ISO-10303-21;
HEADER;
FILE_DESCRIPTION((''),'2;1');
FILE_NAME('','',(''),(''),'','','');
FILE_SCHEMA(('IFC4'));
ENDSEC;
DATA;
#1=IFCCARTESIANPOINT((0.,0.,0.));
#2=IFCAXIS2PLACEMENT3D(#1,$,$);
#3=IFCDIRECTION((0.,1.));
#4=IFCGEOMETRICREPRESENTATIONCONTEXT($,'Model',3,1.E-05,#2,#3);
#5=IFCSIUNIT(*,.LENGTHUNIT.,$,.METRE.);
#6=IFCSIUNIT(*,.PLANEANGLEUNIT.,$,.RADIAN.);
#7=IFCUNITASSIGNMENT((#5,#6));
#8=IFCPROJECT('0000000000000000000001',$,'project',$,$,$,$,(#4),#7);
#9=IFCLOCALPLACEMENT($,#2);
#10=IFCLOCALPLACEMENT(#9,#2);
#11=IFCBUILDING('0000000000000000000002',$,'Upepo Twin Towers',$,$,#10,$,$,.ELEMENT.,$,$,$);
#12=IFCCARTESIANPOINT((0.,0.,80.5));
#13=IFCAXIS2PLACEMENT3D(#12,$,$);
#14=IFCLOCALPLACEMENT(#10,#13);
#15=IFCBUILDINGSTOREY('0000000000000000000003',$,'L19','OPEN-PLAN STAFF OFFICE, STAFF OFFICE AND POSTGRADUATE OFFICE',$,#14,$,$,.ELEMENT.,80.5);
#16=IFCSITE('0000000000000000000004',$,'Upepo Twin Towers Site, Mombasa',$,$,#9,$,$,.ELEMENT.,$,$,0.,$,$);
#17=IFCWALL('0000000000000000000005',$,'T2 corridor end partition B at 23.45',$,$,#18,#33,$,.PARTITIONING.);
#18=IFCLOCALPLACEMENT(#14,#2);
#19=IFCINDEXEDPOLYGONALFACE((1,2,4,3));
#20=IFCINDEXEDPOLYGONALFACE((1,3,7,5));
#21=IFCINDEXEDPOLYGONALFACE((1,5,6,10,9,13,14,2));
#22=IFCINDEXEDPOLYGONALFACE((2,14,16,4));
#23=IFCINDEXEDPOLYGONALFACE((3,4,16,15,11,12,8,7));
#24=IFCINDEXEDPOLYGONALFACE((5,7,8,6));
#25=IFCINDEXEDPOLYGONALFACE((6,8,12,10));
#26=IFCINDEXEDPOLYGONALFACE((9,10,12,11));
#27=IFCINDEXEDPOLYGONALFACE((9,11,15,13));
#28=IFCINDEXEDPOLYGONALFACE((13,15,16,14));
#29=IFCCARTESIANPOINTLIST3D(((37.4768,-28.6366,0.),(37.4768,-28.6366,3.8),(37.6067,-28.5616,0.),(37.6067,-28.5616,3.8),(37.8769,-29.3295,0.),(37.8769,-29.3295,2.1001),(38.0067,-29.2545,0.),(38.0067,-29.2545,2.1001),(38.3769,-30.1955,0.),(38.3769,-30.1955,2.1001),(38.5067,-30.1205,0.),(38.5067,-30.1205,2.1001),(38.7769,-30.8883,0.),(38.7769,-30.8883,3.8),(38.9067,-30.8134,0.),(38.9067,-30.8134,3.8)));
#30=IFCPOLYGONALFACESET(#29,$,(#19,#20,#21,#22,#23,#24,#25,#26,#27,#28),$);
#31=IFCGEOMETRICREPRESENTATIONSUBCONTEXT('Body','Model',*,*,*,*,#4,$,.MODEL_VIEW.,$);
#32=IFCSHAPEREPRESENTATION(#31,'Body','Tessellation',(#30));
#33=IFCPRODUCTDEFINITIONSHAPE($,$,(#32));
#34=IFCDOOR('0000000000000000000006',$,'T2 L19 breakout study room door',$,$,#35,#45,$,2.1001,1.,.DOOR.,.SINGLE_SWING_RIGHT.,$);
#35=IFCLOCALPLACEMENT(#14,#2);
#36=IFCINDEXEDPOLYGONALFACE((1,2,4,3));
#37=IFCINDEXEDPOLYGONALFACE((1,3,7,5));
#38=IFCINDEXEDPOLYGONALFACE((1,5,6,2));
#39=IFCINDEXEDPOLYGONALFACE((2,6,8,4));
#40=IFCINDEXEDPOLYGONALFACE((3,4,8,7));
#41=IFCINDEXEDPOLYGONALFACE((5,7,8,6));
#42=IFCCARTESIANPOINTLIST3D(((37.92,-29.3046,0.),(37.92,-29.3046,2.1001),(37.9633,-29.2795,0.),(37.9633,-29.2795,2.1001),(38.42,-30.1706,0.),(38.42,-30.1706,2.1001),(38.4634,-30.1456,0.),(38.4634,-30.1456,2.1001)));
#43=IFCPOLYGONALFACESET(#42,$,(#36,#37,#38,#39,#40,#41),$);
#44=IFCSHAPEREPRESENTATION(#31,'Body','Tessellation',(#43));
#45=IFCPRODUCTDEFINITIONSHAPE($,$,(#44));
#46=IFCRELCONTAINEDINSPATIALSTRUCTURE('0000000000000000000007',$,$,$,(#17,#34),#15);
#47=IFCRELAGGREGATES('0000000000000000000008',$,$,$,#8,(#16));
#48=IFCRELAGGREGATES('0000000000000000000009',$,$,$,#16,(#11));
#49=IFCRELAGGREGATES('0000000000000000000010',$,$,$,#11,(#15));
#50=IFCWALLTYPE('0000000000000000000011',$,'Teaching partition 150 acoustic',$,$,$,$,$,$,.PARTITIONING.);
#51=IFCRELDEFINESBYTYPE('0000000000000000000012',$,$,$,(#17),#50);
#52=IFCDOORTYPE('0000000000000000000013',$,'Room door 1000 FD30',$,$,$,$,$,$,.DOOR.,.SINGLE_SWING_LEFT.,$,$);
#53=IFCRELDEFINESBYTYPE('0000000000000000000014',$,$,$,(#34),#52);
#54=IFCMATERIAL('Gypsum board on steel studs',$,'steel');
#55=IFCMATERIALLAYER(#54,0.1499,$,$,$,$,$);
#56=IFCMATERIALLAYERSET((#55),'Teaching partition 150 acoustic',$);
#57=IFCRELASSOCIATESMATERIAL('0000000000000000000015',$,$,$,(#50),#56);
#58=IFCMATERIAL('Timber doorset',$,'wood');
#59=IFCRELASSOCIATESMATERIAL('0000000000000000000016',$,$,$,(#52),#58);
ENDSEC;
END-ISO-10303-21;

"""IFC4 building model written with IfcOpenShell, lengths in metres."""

from ifc_helpers import new_model, si_unit, direction, frame, frame_2d, origin, place, context, subcontext, project, spatial, rectangle, extrude, material, layer, layer_set, type_object, element, fill, save


model = new_model("IFC4")

# Units and contexts
model_context = context("Model", 3, precision=1e-05, world=origin(), true_north=direction((0.0, 1.0)))
body_context = subcontext(model_context, "Body", "Model", "MODEL_VIEW")
ifc_project = project(units=[si_unit("LENGTHUNIT", "METRE"), si_unit("PLANEANGLEUNIT", "RADIAN")], contexts=[model_context])

# Site, building, storey
site_placement = place(None, origin())
site = spatial("IfcSite", under=ifc_project, at=site_placement, Name="Upepo Twin Towers Site, Mombasa", CompositionType="ELEMENT", RefElevation=0.0)
building_placement = place(site_placement, origin())
building = spatial("IfcBuilding", under=site, at=building_placement, Name="Upepo Twin Towers", CompositionType="ELEMENT")
storey_placement = place(building_placement, frame((0.0, 0.0, 80.5)))
storey = spatial("IfcBuildingStorey", under=building, at=storey_placement, Name="L19", Description="OPEN-PLAN STAFF OFFICE, STAFF OFFICE AND POSTGRADUATE OFFICE", CompositionType="ELEMENT", Elevation=80.5)

# Wall, opening, door
ifc_material_1 = material(Name="Gypsum board on steel studs", Category="steel")
ifc_layer_1 = layer(ifc_material_1, 0.1499)
ifc_layer_set_1 = layer_set([ifc_layer_1], Name="Teaching partition 150 acoustic")
wall_type_1 = type_object("IfcWallType", Name="Teaching partition 150 acoustic", PredefinedType="PARTITIONING", material=ifc_layer_set_1)
wall_1_placement = place(storey_placement, frame((37.5417, -28.5991, 0.0), z_axis=(0.0, 0.0, 1.0), x_axis=(0.500007, -0.866021, 0.0)))
wall_1 = element("IfcWall", 1, at=wall_1_placement, inside=storey, type_object=wall_type_1, Name="T2 corridor end partition B at 23.45", PredefinedType="PARTITIONING", context=body_context, shape_type="SweptSolid", body=[
    extrude(rectangle(XDim=2.6001, YDim=0.1499, at=frame_2d((1.3, 0.0))), origin(), (0.0, 0.0, 1.0), 3.8),
])
opening_1_placement = place(wall_1_placement, frame((0.8, 0.0, 0.0)))
opening_1 = element("IfcOpeningElement", 2, at=opening_1_placement, cuts=wall_1, PredefinedType="OPENING", context=body_context, shape_type="SweptSolid", body=[
    extrude(rectangle(XDim=1.0, YDim=2.1001, at=frame_2d((0.5, 1.05))), frame((0.0, 0.085, 0.0), z_axis=(0.0, -1.0, 0.0), x_axis=(1.0, 0.0, 0.0)), (0.0, 0.0, 1.0), 0.1699),
])
ifc_material_2 = material(Name="Timber doorset", Category="wood")
door_type_1 = type_object("IfcDoorType", Name="Room door 1000 FD30", OperationType="SINGLE_SWING_LEFT", PredefinedType="DOOR", material=ifc_material_2)
door_1_placement = place(opening_1_placement, origin())
door_1 = element("IfcDoor", 3, at=door_1_placement, inside=storey, type_object=door_type_1, Name="T2 L19 breakout study room door", OperationType="SINGLE_SWING_RIGHT", OverallHeight=2.1001, OverallWidth=1.0, PredefinedType="DOOR", context=body_context, shape_type="SweptSolid", body=[
    extrude(rectangle(XDim=1.0, YDim=2.1001, at=frame_2d((0.5, 1.05))), frame((0.0, 0.0249, 0.0), z_axis=(0.0, -1.0, 0.0), x_axis=(1.0, 0.0, 0.0)), (0.0, 0.0, 1.0), 0.05),
])
fill(opening_1, door_1)

save(model, "model.ifc")
